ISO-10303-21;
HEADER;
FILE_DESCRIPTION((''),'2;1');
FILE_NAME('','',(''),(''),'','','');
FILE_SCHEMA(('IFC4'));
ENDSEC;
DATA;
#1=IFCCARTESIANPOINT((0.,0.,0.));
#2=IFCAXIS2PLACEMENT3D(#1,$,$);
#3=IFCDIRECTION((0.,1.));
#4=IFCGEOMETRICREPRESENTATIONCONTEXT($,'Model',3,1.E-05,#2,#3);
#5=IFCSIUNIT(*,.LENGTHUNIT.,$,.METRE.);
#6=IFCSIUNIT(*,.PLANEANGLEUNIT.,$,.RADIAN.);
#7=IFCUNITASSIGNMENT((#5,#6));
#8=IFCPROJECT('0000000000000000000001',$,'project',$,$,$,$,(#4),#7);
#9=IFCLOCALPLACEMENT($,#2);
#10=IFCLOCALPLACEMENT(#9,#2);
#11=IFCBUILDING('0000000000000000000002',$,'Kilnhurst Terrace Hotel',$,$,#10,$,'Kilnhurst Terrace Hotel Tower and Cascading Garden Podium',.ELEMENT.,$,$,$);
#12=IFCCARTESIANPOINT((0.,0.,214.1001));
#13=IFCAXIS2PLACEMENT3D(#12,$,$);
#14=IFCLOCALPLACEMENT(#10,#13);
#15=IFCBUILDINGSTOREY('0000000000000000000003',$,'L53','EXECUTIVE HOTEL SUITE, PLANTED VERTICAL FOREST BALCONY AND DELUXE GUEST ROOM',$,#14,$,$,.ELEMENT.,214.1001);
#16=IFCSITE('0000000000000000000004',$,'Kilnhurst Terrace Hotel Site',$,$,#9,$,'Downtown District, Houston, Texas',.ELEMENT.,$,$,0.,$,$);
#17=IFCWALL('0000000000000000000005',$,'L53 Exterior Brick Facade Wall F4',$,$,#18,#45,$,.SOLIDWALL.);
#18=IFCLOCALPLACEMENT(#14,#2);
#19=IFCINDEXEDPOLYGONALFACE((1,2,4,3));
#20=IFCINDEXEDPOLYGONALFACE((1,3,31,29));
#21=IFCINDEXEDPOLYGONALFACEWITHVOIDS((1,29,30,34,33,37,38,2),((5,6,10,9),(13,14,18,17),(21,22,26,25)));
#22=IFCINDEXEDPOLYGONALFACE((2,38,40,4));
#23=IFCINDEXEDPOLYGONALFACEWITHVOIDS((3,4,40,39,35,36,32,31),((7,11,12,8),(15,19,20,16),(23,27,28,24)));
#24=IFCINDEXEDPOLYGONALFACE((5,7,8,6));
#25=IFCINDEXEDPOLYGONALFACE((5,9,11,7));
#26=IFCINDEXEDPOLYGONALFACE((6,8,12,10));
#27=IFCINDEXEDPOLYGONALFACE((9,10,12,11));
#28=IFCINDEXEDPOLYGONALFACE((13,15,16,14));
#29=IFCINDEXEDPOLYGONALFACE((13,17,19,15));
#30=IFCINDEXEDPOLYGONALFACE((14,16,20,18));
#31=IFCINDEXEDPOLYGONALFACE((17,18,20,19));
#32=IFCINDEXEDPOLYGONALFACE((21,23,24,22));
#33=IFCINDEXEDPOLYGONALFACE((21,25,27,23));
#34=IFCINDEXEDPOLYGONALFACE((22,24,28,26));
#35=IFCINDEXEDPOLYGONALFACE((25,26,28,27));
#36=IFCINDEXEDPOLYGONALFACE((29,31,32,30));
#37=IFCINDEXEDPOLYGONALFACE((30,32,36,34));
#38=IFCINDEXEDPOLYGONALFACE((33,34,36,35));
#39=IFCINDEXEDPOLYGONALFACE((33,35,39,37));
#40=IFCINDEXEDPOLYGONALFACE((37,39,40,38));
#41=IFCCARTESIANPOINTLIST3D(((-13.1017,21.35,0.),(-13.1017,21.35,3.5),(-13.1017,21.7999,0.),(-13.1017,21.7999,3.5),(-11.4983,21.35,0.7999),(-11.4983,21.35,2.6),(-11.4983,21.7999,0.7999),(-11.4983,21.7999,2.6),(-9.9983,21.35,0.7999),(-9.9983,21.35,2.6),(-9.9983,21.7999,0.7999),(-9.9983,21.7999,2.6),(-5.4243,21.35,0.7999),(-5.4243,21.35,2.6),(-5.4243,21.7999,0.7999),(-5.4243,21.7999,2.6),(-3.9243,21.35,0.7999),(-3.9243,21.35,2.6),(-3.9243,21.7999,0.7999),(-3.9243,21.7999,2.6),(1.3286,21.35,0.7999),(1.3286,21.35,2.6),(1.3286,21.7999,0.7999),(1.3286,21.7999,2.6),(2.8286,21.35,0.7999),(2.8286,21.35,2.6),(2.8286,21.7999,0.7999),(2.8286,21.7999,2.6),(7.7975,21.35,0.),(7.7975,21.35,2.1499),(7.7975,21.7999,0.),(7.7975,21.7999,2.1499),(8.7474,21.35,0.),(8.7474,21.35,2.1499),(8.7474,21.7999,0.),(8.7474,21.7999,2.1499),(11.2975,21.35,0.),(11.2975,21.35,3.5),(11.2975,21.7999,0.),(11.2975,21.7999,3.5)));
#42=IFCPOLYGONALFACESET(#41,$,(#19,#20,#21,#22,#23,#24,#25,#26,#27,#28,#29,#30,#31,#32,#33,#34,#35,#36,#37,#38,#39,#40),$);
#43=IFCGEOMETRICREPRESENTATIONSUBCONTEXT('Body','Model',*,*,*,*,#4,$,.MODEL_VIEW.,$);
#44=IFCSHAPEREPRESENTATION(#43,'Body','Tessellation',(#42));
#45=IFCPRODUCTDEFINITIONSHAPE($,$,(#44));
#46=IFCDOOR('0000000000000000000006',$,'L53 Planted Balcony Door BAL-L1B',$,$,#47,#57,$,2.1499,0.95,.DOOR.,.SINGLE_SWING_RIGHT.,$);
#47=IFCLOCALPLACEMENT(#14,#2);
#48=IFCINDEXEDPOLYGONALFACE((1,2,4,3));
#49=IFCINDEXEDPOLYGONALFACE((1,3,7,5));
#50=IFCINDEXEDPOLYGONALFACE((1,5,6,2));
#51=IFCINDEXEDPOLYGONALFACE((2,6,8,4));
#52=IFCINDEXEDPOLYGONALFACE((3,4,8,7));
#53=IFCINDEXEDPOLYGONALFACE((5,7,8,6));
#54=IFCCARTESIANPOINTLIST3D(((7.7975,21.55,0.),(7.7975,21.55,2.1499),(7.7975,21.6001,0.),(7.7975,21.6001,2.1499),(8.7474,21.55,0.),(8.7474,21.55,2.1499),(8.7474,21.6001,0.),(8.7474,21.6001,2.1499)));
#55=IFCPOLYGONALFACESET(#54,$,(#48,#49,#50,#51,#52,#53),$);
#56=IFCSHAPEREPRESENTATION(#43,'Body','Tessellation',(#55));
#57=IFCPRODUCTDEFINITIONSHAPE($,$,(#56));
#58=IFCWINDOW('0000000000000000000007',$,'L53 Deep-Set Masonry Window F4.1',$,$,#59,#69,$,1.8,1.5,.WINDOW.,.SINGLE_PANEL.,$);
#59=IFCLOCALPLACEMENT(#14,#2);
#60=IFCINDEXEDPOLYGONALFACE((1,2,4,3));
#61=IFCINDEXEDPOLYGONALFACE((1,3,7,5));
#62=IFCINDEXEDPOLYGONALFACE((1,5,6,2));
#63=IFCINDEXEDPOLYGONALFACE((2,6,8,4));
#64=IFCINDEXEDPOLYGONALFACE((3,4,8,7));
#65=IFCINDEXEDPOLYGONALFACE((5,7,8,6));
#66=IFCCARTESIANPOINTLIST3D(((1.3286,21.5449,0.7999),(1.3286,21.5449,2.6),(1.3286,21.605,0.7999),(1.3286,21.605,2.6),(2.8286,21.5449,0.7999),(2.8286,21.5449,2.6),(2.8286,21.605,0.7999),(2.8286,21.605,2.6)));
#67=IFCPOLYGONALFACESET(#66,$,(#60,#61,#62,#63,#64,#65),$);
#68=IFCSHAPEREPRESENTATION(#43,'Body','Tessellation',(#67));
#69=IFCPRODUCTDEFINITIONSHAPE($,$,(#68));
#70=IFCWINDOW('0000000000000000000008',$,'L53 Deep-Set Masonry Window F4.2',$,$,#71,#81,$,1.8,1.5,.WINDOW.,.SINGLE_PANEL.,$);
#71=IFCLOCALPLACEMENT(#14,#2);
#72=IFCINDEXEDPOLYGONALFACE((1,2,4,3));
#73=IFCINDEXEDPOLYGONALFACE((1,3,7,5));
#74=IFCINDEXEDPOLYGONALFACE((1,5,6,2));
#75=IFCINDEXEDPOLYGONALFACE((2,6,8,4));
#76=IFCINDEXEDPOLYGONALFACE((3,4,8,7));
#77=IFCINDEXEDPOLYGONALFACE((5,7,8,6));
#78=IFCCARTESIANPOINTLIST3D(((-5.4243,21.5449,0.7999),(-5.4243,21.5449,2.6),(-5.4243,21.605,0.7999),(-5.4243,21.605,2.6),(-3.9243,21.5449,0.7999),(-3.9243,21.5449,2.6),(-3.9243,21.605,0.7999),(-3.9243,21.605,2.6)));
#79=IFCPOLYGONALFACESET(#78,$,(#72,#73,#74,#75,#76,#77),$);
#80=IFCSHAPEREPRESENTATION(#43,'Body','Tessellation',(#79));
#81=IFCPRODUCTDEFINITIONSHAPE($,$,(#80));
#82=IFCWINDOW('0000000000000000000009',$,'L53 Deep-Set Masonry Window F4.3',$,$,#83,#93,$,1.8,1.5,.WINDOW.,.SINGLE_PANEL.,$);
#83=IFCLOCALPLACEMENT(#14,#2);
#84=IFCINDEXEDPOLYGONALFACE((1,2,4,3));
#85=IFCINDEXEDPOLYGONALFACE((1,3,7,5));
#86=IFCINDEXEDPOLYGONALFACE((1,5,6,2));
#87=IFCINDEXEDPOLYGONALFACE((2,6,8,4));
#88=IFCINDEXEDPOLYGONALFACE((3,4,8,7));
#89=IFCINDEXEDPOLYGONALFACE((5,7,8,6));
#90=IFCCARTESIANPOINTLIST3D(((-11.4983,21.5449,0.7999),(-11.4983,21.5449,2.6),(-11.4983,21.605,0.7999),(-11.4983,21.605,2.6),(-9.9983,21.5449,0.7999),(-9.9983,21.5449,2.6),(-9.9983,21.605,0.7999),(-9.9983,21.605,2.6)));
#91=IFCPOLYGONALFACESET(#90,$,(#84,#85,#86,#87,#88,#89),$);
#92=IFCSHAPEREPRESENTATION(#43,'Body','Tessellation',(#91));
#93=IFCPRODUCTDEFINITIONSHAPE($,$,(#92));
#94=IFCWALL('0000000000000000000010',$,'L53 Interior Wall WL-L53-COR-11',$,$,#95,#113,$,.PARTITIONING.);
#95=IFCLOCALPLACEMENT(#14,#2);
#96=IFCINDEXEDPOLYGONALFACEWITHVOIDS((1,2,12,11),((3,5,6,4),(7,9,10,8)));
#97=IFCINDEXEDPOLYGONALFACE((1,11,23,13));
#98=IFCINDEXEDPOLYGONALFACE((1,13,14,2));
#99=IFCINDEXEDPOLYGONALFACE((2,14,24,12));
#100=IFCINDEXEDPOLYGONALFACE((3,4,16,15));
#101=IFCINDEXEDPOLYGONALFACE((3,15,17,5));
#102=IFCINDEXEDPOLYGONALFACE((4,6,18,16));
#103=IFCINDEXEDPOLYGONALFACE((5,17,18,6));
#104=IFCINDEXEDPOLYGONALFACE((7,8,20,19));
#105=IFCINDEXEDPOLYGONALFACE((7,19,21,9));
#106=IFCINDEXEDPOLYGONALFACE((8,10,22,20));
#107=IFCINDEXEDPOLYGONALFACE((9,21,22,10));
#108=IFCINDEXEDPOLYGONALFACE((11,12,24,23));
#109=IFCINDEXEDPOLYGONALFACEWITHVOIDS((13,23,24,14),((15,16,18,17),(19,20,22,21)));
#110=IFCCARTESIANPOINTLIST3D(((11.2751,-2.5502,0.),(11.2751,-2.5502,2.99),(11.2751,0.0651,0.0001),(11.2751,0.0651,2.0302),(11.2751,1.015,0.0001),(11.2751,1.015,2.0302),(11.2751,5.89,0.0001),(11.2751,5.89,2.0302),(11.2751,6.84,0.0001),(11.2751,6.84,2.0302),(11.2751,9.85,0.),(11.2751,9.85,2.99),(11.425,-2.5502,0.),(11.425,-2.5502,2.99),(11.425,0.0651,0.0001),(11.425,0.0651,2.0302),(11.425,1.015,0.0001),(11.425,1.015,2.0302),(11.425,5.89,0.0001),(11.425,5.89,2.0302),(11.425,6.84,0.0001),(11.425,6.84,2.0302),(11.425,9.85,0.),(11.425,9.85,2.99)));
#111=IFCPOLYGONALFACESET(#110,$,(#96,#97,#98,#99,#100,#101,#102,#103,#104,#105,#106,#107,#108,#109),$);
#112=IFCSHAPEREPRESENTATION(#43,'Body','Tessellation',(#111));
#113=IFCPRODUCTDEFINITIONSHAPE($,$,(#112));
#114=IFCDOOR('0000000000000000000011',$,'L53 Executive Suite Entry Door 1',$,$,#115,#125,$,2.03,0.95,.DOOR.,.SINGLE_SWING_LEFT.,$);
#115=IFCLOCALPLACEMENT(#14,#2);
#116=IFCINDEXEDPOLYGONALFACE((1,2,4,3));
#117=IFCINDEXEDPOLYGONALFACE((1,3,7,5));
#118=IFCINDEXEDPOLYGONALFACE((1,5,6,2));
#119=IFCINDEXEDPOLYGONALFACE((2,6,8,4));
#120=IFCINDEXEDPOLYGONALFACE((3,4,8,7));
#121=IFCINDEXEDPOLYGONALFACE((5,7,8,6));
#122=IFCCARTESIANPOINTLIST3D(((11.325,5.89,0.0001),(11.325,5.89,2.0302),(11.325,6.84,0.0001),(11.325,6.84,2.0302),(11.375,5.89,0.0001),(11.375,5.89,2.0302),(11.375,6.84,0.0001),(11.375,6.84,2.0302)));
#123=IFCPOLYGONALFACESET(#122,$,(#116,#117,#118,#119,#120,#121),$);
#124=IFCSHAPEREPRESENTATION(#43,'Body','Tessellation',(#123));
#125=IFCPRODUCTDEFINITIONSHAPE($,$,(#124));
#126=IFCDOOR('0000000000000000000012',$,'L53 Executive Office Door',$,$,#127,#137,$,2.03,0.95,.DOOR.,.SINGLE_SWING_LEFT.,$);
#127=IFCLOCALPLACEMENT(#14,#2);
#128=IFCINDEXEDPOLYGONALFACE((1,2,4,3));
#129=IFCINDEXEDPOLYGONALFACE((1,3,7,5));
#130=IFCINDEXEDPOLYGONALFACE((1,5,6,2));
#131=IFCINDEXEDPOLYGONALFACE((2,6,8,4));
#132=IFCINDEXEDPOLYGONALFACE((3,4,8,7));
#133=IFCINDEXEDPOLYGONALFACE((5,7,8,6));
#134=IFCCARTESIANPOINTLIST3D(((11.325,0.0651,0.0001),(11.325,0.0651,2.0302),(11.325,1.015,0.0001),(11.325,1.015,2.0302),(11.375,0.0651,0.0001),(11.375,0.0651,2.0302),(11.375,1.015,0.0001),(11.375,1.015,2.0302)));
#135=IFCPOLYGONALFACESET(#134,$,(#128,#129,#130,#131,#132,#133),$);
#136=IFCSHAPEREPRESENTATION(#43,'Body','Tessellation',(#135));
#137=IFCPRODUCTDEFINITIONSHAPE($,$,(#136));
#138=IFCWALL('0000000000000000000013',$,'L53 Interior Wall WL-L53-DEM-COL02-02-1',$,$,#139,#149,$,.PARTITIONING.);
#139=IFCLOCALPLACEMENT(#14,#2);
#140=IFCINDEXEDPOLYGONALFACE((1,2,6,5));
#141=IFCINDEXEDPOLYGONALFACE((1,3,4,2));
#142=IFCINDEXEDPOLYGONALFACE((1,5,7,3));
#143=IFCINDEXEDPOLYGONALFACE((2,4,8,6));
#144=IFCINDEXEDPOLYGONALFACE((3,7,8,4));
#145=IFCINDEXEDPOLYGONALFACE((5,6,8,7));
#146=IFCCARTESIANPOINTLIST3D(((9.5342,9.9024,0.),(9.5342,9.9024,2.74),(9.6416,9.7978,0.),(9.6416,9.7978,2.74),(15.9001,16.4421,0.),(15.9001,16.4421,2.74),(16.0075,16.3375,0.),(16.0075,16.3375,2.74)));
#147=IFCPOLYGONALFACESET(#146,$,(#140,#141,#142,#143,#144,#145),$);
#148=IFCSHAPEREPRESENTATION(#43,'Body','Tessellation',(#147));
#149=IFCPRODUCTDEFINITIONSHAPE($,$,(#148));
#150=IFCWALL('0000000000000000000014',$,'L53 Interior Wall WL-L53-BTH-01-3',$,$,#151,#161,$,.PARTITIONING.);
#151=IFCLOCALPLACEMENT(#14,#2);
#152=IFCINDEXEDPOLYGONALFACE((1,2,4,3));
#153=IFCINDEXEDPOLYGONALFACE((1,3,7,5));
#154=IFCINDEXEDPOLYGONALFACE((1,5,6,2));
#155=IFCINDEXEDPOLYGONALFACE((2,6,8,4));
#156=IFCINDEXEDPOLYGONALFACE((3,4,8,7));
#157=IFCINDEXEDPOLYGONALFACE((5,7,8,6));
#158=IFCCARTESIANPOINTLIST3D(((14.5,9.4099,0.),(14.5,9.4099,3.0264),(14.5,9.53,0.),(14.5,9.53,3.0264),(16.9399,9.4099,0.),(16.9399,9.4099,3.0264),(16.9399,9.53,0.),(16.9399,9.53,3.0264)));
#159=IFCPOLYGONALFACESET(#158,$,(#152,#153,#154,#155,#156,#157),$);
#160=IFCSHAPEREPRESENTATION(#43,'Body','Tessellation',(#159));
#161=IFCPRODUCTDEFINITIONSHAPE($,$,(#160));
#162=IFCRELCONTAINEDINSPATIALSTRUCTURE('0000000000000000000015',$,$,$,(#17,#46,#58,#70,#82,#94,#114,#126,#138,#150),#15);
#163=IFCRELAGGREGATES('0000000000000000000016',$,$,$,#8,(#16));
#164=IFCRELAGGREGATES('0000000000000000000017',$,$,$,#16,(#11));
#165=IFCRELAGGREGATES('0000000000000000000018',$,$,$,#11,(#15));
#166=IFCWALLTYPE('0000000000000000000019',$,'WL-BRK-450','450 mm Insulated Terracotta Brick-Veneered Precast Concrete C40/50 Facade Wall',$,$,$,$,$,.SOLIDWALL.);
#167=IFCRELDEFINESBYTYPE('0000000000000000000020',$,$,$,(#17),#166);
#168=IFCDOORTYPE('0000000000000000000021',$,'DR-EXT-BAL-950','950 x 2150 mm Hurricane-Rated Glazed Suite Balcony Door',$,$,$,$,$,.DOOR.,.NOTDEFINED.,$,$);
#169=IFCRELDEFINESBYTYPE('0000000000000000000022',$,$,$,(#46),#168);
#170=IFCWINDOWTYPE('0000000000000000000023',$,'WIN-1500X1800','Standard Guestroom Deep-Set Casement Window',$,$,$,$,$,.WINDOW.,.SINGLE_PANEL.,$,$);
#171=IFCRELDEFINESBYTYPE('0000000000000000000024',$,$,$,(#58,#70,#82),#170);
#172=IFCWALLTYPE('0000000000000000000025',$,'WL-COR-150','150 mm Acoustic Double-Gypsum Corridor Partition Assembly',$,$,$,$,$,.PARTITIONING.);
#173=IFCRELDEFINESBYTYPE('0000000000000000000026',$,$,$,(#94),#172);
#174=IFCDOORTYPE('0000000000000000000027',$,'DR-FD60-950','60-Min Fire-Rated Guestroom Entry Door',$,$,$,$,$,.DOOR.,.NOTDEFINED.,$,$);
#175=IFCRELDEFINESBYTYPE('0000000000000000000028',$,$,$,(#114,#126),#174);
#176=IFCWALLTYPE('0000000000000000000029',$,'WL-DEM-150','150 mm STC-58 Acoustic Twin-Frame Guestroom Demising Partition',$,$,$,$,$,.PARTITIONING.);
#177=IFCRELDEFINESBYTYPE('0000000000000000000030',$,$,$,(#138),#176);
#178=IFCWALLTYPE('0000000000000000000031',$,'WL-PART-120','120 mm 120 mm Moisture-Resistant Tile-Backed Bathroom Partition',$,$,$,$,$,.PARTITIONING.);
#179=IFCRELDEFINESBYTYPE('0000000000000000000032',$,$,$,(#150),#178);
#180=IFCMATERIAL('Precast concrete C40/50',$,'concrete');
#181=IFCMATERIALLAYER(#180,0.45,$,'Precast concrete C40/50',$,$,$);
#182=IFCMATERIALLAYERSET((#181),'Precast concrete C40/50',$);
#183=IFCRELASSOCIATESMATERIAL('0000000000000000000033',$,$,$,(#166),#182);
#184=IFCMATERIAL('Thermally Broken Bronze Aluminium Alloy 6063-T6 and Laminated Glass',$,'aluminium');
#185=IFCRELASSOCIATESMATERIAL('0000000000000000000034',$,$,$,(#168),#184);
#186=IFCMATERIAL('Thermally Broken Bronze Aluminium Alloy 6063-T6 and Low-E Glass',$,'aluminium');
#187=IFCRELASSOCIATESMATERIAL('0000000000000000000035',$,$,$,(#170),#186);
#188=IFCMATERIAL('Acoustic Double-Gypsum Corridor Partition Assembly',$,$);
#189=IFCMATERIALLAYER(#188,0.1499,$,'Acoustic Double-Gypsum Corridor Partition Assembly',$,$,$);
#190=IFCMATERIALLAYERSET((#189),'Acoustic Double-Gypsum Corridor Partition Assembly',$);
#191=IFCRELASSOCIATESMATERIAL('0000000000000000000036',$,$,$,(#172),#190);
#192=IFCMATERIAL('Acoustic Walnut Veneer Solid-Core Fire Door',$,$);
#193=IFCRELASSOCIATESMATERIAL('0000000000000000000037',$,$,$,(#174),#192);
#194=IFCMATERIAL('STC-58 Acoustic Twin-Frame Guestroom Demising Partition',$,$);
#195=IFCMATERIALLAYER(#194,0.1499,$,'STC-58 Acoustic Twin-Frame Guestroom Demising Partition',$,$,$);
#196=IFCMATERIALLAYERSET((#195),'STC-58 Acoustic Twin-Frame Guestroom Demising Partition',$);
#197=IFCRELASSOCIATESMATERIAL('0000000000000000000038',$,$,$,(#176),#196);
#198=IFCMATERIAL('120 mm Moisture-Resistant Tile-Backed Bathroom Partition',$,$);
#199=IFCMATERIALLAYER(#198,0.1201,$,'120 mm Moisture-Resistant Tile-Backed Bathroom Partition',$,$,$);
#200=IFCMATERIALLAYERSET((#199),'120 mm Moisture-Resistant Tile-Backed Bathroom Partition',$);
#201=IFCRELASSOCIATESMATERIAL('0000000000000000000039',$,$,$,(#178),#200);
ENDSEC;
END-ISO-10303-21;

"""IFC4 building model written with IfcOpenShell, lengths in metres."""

from ifc_helpers import new_model, si_unit, direction, frame, frame_2d, origin, place, context, subcontext, project, spatial, rectangle, extrude, material, layer, layer_set, type_object, element, fill, save


model = new_model("IFC4")

# Units and contexts
model_context = context("Model", 3, precision=1e-05, world=origin(), true_north=direction((0.0, 1.0)))
body_context = subcontext(model_context, "Body", "Model", "MODEL_VIEW")
ifc_project = project(units=[si_unit("LENGTHUNIT", "METRE"), si_unit("PLANEANGLEUNIT", "RADIAN")], contexts=[model_context])

# Site, building, storey
site_placement = place(None, origin())
site = spatial("IfcSite", under=ifc_project, at=site_placement, Name="Kilnhurst Terrace Hotel Site", LongName="Downtown District, Houston, Texas", CompositionType="ELEMENT", RefElevation=0.0)
building_placement = place(site_placement, origin())
building = spatial("IfcBuilding", under=site, at=building_placement, Name="Kilnhurst Terrace Hotel", LongName="Kilnhurst Terrace Hotel Tower and Cascading Garden Podium", CompositionType="ELEMENT")
storey_placement = place(building_placement, frame((0.0, 0.0, 214.1001)))
storey = spatial("IfcBuildingStorey", under=building, at=storey_placement, Name="L53", Description="EXECUTIVE HOTEL SUITE, PLANTED VERTICAL FOREST BALCONY AND DELUXE GUEST ROOM", CompositionType="ELEMENT", Elevation=214.1001)

# Shared definitions
ifc_material_1 = material(Name="Precast concrete C40/50", Category="concrete")
ifc_layer_1 = layer(ifc_material_1, 0.45, Name="Precast concrete C40/50")
ifc_layer_set_1 = layer_set([ifc_layer_1], Name="Precast concrete C40/50")
wall_type_1 = type_object("IfcWallType", Name="WL-BRK-450", Description="450 mm Insulated Terracotta Brick-Veneered Precast Concrete C40/50 Facade Wall", PredefinedType="SOLIDWALL", material=ifc_layer_set_1)

# Wall, openings, door, windows
wall_1_placement = place(storey_placement, frame((11.2976, 21.575, 0.0), z_axis=(0.0, 0.0, 1.0), x_axis=(-1.0, 0.0, 0.0)))
wall_1 = element("IfcWall", 1, at=wall_1_placement, inside=storey, type_object=wall_type_1, Name="L53 Exterior Brick Facade Wall F4", PredefinedType="SOLIDWALL", context=body_context, shape_type="SweptSolid", body=[
    extrude(rectangle(XDim=24.3992, YDim=0.45, at=frame_2d((12.1997, 0.0))), origin(), (0.0, 0.0, 1.0), 3.5),
])
opening_1_placement = place(wall_1_placement, frame((2.55, 0.0, 0.0)))
opening_1 = element("IfcOpeningElement", 2, at=opening_1_placement, cuts=wall_1, PredefinedType="OPENING", context=body_context, shape_type="SweptSolid", body=[
    extrude(rectangle(XDim=0.95, YDim=2.1499, at=frame_2d((0.4751, 1.075))), frame((0.0, 0.2349, 0.0), z_axis=(0.0, -1.0, 0.0), x_axis=(1.0, 0.0, 0.0)), (0.0, 0.0, 1.0), 0.47),
])
opening_2_placement = place(wall_1_placement, frame((8.469, 0.0, 0.8)))
opening_2 = element("IfcOpeningElement", 3, at=opening_2_placement, cuts=wall_1, PredefinedType="OPENING", context=body_context, shape_type="SweptSolid", body=[
    extrude(rectangle(XDim=1.5, YDim=1.8, at=frame_2d((0.75, 0.8999))), frame((0.0, 0.2349, 0.0), z_axis=(0.0, -1.0, 0.0), x_axis=(1.0, 0.0, 0.0)), (0.0, 0.0, 1.0), 0.47),
])
opening_3_placement = place(wall_1_placement, frame((15.2219, 0.0, 0.8)))
opening_3 = element("IfcOpeningElement", 4, at=opening_3_placement, cuts=wall_1, PredefinedType="OPENING", context=body_context, shape_type="SweptSolid", body=[
    extrude(rectangle(XDim=1.5, YDim=1.8, at=frame_2d((0.75, 0.8999))), frame((0.0, 0.2349, 0.0), z_axis=(0.0, -1.0, 0.0), x_axis=(1.0, 0.0, 0.0)), (0.0, 0.0, 1.0), 0.47),
])
opening_4_placement = place(wall_1_placement, frame((21.2959, 0.0, 0.8)))
opening_4 = element("IfcOpeningElement", 5, at=opening_4_placement, cuts=wall_1, PredefinedType="OPENING", context=body_context, shape_type="SweptSolid", body=[
    extrude(rectangle(XDim=1.5, YDim=1.8, at=frame_2d((0.75, 0.8999))), frame((0.0, 0.2349, 0.0), z_axis=(0.0, -1.0, 0.0), x_axis=(1.0, 0.0, 0.0)), (0.0, 0.0, 1.0), 0.47),
])
ifc_material_2 = material(Name="Thermally Broken Bronze Aluminium Alloy 6063-T6 and Laminated Glass", Category="aluminium")
door_type_1 = type_object("IfcDoorType", Name="DR-EXT-BAL-950", Description="950 x 2150 mm Hurricane-Rated Glazed Suite Balcony Door", OperationType="NOTDEFINED", PredefinedType="DOOR", material=ifc_material_2)
door_1_placement = place(opening_1_placement, origin())
door_1 = element("IfcDoor", 6, at=door_1_placement, inside=storey, type_object=door_type_1, Name="L53 Planted Balcony Door BAL-L1B", OperationType="SINGLE_SWING_RIGHT", OverallHeight=2.1499, OverallWidth=0.95, PredefinedType="DOOR", context=body_context, shape_type="SweptSolid", body=[
    extrude(rectangle(XDim=0.95, YDim=2.1499, at=frame_2d((0.4751, 1.075))), frame((0.0, 0.0249, 0.0), z_axis=(0.0, -1.0, 0.0), x_axis=(1.0, 0.0, 0.0)), (0.0, 0.0, 1.0), 0.05),
])
fill(opening_1, door_1)
ifc_material_3 = material(Name="Thermally Broken Bronze Aluminium Alloy 6063-T6 and Low-E Glass", Category="aluminium")
window_type = type_object("IfcWindowType", Name="WIN-1500X1800", Description="Standard Guestroom Deep-Set Casement Window", PartitioningType="SINGLE_PANEL", PredefinedType="WINDOW", material=ifc_material_3)
window_1_placement = place(opening_2_placement, origin())
window_1 = element("IfcWindow", 7, at=window_1_placement, inside=storey, type_object=window_type, Name="L53 Deep-Set Masonry Window F4.1", OverallHeight=1.8, OverallWidth=1.5, PartitioningType="SINGLE_PANEL", PredefinedType="WINDOW", context=body_context, shape_type="SweptSolid", body=[
    extrude(rectangle(XDim=1.5, YDim=1.8, at=frame_2d((0.75, 0.8999))), frame((0.0, 0.03, 0.0), z_axis=(0.0, -1.0, 0.0), x_axis=(1.0, 0.0, 0.0)), (0.0, 0.0, 1.0), 0.0601),
])
fill(opening_2, window_1)
window_2_placement = place(opening_3_placement, origin())
window_2 = element("IfcWindow", 8, at=window_2_placement, inside=storey, type_object=window_type, Name="L53 Deep-Set Masonry Window F4.2", OverallHeight=1.8, OverallWidth=1.5, PartitioningType="SINGLE_PANEL", PredefinedType="WINDOW", context=body_context, shape_type="SweptSolid", body=[
    extrude(rectangle(XDim=1.5, YDim=1.8, at=frame_2d((0.75, 0.8999))), frame((0.0, 0.03, 0.0), z_axis=(0.0, -1.0, 0.0), x_axis=(1.0, 0.0, 0.0)), (0.0, 0.0, 1.0), 0.0601),
])
fill(opening_3, window_2)
window_3_placement = place(opening_4_placement, origin())
window_3 = element("IfcWindow", 9, at=window_3_placement, inside=storey, type_object=window_type, Name="L53 Deep-Set Masonry Window F4.3", OverallHeight=1.8, OverallWidth=1.5, PartitioningType="SINGLE_PANEL", PredefinedType="WINDOW", context=body_context, shape_type="SweptSolid", body=[
    extrude(rectangle(XDim=1.5, YDim=1.8, at=frame_2d((0.75, 0.8999))), frame((0.0, 0.03, 0.0), z_axis=(0.0, -1.0, 0.0), x_axis=(1.0, 0.0, 0.0)), (0.0, 0.0, 1.0), 0.0601),
])
fill(opening_4, window_3)

# Wall, openings, doors
ifc_material_4 = material(Name="Acoustic Double-Gypsum Corridor Partition Assembly")
ifc_layer_2 = layer(ifc_material_4, 0.1499, Name="Acoustic Double-Gypsum Corridor Partition Assembly")
ifc_layer_set_2 = layer_set([ifc_layer_2], Name="Acoustic Double-Gypsum Corridor Partition Assembly")
wall_type_2 = type_object("IfcWallType", Name="WL-COR-150", Description="150 mm Acoustic Double-Gypsum Corridor Partition Assembly", PredefinedType="PARTITIONING", material=ifc_layer_set_2)
wall_2_placement = place(storey_placement, frame((11.3501, 9.8501, 0.0), z_axis=(0.0, 0.0, 1.0), x_axis=(0.0, -1.0, 0.0)))
wall_2 = element("IfcWall", 10, at=wall_2_placement, inside=storey, type_object=wall_type_2, Name="L53 Interior Wall WL-L53-COR-11", PredefinedType="PARTITIONING", context=body_context, shape_type="SweptSolid", body=[
    extrude(rectangle(XDim=12.4001, YDim=0.1499, at=frame_2d((6.2002, 0.0))), origin(), (0.0, 0.0, 1.0), 2.99),
])
opening_5_placement = place(wall_2_placement, frame((3.01, 0.0, 0.0)))
opening_5 = element("IfcOpeningElement", 11, at=opening_5_placement, cuts=wall_2, PredefinedType="OPENING", context=body_context, shape_type="SweptSolid", body=[
    extrude(rectangle(XDim=0.95, YDim=2.03, at=frame_2d((0.4751, 1.0151))), frame((0.0, 0.085, 0.0), z_axis=(0.0, -1.0, 0.0), x_axis=(1.0, 0.0, 0.0)), (0.0, 0.0, 1.0), 0.1699),
])
opening_6_placement = place(wall_2_placement, frame((8.835, 0.0, 0.0)))
opening_6 = element("IfcOpeningElement", 12, at=opening_6_placement, cuts=wall_2, PredefinedType="OPENING", context=body_context, shape_type="SweptSolid", body=[
    extrude(rectangle(XDim=0.95, YDim=2.03, at=frame_2d((0.4751, 1.0151))), frame((0.0, 0.085, 0.0), z_axis=(0.0, -1.0, 0.0), x_axis=(1.0, 0.0, 0.0)), (0.0, 0.0, 1.0), 0.1699),
])
ifc_material_5 = material(Name="Acoustic Walnut Veneer Solid-Core Fire Door")
door_type_2 = type_object("IfcDoorType", Name="DR-FD60-950", Description="60-Min Fire-Rated Guestroom Entry Door", OperationType="NOTDEFINED", PredefinedType="DOOR", material=ifc_material_5)
door_2_placement = place(opening_5_placement, origin())
door_2 = element("IfcDoor", 13, at=door_2_placement, inside=storey, type_object=door_type_2, Name="L53 Executive Suite Entry Door 1", OperationType="SINGLE_SWING_LEFT", OverallHeight=2.03, OverallWidth=0.95, PredefinedType="DOOR", context=body_context, shape_type="SweptSolid", body=[
    extrude(rectangle(XDim=0.95, YDim=2.03, at=frame_2d((0.4751, 1.0151))), frame((0.0, 0.0249, 0.0), z_axis=(0.0, -1.0, 0.0), x_axis=(1.0, 0.0, 0.0)), (0.0, 0.0, 1.0), 0.05),
])
fill(opening_5, door_2)
door_3_placement = place(opening_6_placement, origin())
door_3 = element("IfcDoor", 14, at=door_3_placement, inside=storey, type_object=door_type_2, Name="L53 Executive Office Door", OperationType="SINGLE_SWING_LEFT", OverallHeight=2.03, OverallWidth=0.95, PredefinedType="DOOR", context=body_context, shape_type="SweptSolid", body=[
    extrude(rectangle(XDim=0.95, YDim=2.03, at=frame_2d((0.4751, 1.0151))), frame((0.0, 0.0249, 0.0), z_axis=(0.0, -1.0, 0.0), x_axis=(1.0, 0.0, 0.0)), (0.0, 0.0, 1.0), 0.05),
])
fill(opening_6, door_3)

# Walls
ifc_material_6 = material(Name="STC-58 Acoustic Twin-Frame Guestroom Demising Partition")
ifc_layer_3 = layer(ifc_material_6, 0.1499, Name="STC-58 Acoustic Twin-Frame Guestroom Demising Partition")
ifc_layer_set_3 = layer_set([ifc_layer_3], Name="STC-58 Acoustic Twin-Frame Guestroom Demising Partition")
wall_type_3 = type_object("IfcWallType", Name="WL-DEM-150", Description="150 mm STC-58 Acoustic Twin-Frame Guestroom Demising Partition", PredefinedType="PARTITIONING", material=ifc_layer_set_3)
wall_3_placement = place(storey_placement, frame((9.5879, 9.8501, 0.0), z_axis=(0.0, 0.0, 1.0), x_axis=(0.697519, 0.716566, 0.0)))
element("IfcWall", 15, at=wall_3_placement, inside=storey, type_object=wall_type_3, Name="L53 Interior Wall WL-L53-DEM-COL02-02-1", PredefinedType="PARTITIONING", context=body_context, shape_type="SweptSolid", body=[
    extrude(rectangle(XDim=9.1265, YDim=0.1499, at=frame_2d((4.5632, 0.0))), origin(), (0.0, 0.0, 1.0), 2.74),
])
ifc_material_7 = material(Name="120 mm Moisture-Resistant Tile-Backed Bathroom Partition")
ifc_layer_4 = layer(ifc_material_7, 0.1201, Name="120 mm Moisture-Resistant Tile-Backed Bathroom Partition")
ifc_layer_set_4 = layer_set([ifc_layer_4], Name="120 mm Moisture-Resistant Tile-Backed Bathroom Partition")
wall_type_4 = type_object("IfcWallType", Name="WL-PART-120", Description="120 mm 120 mm Moisture-Resistant Tile-Backed Bathroom Partition", PredefinedType="PARTITIONING", material=ifc_layer_set_4)
wall_4_placement = place(storey_placement, frame((16.9399, 9.47, 0.0), z_axis=(0.0, 0.0, 1.0), x_axis=(-1.0, 0.0, 0.0)))
element("IfcWall", 16, at=wall_4_placement, inside=storey, type_object=wall_type_4, Name="L53 Interior Wall WL-L53-BTH-01-3", PredefinedType="PARTITIONING", context=body_context, shape_type="SweptSolid", body=[
    extrude(rectangle(XDim=2.4399, YDim=0.1201, at=frame_2d((1.22, 0.0))), origin(), (0.0, 0.0, 1.0), 3.0264),
])

save(model, "model.ifc")
